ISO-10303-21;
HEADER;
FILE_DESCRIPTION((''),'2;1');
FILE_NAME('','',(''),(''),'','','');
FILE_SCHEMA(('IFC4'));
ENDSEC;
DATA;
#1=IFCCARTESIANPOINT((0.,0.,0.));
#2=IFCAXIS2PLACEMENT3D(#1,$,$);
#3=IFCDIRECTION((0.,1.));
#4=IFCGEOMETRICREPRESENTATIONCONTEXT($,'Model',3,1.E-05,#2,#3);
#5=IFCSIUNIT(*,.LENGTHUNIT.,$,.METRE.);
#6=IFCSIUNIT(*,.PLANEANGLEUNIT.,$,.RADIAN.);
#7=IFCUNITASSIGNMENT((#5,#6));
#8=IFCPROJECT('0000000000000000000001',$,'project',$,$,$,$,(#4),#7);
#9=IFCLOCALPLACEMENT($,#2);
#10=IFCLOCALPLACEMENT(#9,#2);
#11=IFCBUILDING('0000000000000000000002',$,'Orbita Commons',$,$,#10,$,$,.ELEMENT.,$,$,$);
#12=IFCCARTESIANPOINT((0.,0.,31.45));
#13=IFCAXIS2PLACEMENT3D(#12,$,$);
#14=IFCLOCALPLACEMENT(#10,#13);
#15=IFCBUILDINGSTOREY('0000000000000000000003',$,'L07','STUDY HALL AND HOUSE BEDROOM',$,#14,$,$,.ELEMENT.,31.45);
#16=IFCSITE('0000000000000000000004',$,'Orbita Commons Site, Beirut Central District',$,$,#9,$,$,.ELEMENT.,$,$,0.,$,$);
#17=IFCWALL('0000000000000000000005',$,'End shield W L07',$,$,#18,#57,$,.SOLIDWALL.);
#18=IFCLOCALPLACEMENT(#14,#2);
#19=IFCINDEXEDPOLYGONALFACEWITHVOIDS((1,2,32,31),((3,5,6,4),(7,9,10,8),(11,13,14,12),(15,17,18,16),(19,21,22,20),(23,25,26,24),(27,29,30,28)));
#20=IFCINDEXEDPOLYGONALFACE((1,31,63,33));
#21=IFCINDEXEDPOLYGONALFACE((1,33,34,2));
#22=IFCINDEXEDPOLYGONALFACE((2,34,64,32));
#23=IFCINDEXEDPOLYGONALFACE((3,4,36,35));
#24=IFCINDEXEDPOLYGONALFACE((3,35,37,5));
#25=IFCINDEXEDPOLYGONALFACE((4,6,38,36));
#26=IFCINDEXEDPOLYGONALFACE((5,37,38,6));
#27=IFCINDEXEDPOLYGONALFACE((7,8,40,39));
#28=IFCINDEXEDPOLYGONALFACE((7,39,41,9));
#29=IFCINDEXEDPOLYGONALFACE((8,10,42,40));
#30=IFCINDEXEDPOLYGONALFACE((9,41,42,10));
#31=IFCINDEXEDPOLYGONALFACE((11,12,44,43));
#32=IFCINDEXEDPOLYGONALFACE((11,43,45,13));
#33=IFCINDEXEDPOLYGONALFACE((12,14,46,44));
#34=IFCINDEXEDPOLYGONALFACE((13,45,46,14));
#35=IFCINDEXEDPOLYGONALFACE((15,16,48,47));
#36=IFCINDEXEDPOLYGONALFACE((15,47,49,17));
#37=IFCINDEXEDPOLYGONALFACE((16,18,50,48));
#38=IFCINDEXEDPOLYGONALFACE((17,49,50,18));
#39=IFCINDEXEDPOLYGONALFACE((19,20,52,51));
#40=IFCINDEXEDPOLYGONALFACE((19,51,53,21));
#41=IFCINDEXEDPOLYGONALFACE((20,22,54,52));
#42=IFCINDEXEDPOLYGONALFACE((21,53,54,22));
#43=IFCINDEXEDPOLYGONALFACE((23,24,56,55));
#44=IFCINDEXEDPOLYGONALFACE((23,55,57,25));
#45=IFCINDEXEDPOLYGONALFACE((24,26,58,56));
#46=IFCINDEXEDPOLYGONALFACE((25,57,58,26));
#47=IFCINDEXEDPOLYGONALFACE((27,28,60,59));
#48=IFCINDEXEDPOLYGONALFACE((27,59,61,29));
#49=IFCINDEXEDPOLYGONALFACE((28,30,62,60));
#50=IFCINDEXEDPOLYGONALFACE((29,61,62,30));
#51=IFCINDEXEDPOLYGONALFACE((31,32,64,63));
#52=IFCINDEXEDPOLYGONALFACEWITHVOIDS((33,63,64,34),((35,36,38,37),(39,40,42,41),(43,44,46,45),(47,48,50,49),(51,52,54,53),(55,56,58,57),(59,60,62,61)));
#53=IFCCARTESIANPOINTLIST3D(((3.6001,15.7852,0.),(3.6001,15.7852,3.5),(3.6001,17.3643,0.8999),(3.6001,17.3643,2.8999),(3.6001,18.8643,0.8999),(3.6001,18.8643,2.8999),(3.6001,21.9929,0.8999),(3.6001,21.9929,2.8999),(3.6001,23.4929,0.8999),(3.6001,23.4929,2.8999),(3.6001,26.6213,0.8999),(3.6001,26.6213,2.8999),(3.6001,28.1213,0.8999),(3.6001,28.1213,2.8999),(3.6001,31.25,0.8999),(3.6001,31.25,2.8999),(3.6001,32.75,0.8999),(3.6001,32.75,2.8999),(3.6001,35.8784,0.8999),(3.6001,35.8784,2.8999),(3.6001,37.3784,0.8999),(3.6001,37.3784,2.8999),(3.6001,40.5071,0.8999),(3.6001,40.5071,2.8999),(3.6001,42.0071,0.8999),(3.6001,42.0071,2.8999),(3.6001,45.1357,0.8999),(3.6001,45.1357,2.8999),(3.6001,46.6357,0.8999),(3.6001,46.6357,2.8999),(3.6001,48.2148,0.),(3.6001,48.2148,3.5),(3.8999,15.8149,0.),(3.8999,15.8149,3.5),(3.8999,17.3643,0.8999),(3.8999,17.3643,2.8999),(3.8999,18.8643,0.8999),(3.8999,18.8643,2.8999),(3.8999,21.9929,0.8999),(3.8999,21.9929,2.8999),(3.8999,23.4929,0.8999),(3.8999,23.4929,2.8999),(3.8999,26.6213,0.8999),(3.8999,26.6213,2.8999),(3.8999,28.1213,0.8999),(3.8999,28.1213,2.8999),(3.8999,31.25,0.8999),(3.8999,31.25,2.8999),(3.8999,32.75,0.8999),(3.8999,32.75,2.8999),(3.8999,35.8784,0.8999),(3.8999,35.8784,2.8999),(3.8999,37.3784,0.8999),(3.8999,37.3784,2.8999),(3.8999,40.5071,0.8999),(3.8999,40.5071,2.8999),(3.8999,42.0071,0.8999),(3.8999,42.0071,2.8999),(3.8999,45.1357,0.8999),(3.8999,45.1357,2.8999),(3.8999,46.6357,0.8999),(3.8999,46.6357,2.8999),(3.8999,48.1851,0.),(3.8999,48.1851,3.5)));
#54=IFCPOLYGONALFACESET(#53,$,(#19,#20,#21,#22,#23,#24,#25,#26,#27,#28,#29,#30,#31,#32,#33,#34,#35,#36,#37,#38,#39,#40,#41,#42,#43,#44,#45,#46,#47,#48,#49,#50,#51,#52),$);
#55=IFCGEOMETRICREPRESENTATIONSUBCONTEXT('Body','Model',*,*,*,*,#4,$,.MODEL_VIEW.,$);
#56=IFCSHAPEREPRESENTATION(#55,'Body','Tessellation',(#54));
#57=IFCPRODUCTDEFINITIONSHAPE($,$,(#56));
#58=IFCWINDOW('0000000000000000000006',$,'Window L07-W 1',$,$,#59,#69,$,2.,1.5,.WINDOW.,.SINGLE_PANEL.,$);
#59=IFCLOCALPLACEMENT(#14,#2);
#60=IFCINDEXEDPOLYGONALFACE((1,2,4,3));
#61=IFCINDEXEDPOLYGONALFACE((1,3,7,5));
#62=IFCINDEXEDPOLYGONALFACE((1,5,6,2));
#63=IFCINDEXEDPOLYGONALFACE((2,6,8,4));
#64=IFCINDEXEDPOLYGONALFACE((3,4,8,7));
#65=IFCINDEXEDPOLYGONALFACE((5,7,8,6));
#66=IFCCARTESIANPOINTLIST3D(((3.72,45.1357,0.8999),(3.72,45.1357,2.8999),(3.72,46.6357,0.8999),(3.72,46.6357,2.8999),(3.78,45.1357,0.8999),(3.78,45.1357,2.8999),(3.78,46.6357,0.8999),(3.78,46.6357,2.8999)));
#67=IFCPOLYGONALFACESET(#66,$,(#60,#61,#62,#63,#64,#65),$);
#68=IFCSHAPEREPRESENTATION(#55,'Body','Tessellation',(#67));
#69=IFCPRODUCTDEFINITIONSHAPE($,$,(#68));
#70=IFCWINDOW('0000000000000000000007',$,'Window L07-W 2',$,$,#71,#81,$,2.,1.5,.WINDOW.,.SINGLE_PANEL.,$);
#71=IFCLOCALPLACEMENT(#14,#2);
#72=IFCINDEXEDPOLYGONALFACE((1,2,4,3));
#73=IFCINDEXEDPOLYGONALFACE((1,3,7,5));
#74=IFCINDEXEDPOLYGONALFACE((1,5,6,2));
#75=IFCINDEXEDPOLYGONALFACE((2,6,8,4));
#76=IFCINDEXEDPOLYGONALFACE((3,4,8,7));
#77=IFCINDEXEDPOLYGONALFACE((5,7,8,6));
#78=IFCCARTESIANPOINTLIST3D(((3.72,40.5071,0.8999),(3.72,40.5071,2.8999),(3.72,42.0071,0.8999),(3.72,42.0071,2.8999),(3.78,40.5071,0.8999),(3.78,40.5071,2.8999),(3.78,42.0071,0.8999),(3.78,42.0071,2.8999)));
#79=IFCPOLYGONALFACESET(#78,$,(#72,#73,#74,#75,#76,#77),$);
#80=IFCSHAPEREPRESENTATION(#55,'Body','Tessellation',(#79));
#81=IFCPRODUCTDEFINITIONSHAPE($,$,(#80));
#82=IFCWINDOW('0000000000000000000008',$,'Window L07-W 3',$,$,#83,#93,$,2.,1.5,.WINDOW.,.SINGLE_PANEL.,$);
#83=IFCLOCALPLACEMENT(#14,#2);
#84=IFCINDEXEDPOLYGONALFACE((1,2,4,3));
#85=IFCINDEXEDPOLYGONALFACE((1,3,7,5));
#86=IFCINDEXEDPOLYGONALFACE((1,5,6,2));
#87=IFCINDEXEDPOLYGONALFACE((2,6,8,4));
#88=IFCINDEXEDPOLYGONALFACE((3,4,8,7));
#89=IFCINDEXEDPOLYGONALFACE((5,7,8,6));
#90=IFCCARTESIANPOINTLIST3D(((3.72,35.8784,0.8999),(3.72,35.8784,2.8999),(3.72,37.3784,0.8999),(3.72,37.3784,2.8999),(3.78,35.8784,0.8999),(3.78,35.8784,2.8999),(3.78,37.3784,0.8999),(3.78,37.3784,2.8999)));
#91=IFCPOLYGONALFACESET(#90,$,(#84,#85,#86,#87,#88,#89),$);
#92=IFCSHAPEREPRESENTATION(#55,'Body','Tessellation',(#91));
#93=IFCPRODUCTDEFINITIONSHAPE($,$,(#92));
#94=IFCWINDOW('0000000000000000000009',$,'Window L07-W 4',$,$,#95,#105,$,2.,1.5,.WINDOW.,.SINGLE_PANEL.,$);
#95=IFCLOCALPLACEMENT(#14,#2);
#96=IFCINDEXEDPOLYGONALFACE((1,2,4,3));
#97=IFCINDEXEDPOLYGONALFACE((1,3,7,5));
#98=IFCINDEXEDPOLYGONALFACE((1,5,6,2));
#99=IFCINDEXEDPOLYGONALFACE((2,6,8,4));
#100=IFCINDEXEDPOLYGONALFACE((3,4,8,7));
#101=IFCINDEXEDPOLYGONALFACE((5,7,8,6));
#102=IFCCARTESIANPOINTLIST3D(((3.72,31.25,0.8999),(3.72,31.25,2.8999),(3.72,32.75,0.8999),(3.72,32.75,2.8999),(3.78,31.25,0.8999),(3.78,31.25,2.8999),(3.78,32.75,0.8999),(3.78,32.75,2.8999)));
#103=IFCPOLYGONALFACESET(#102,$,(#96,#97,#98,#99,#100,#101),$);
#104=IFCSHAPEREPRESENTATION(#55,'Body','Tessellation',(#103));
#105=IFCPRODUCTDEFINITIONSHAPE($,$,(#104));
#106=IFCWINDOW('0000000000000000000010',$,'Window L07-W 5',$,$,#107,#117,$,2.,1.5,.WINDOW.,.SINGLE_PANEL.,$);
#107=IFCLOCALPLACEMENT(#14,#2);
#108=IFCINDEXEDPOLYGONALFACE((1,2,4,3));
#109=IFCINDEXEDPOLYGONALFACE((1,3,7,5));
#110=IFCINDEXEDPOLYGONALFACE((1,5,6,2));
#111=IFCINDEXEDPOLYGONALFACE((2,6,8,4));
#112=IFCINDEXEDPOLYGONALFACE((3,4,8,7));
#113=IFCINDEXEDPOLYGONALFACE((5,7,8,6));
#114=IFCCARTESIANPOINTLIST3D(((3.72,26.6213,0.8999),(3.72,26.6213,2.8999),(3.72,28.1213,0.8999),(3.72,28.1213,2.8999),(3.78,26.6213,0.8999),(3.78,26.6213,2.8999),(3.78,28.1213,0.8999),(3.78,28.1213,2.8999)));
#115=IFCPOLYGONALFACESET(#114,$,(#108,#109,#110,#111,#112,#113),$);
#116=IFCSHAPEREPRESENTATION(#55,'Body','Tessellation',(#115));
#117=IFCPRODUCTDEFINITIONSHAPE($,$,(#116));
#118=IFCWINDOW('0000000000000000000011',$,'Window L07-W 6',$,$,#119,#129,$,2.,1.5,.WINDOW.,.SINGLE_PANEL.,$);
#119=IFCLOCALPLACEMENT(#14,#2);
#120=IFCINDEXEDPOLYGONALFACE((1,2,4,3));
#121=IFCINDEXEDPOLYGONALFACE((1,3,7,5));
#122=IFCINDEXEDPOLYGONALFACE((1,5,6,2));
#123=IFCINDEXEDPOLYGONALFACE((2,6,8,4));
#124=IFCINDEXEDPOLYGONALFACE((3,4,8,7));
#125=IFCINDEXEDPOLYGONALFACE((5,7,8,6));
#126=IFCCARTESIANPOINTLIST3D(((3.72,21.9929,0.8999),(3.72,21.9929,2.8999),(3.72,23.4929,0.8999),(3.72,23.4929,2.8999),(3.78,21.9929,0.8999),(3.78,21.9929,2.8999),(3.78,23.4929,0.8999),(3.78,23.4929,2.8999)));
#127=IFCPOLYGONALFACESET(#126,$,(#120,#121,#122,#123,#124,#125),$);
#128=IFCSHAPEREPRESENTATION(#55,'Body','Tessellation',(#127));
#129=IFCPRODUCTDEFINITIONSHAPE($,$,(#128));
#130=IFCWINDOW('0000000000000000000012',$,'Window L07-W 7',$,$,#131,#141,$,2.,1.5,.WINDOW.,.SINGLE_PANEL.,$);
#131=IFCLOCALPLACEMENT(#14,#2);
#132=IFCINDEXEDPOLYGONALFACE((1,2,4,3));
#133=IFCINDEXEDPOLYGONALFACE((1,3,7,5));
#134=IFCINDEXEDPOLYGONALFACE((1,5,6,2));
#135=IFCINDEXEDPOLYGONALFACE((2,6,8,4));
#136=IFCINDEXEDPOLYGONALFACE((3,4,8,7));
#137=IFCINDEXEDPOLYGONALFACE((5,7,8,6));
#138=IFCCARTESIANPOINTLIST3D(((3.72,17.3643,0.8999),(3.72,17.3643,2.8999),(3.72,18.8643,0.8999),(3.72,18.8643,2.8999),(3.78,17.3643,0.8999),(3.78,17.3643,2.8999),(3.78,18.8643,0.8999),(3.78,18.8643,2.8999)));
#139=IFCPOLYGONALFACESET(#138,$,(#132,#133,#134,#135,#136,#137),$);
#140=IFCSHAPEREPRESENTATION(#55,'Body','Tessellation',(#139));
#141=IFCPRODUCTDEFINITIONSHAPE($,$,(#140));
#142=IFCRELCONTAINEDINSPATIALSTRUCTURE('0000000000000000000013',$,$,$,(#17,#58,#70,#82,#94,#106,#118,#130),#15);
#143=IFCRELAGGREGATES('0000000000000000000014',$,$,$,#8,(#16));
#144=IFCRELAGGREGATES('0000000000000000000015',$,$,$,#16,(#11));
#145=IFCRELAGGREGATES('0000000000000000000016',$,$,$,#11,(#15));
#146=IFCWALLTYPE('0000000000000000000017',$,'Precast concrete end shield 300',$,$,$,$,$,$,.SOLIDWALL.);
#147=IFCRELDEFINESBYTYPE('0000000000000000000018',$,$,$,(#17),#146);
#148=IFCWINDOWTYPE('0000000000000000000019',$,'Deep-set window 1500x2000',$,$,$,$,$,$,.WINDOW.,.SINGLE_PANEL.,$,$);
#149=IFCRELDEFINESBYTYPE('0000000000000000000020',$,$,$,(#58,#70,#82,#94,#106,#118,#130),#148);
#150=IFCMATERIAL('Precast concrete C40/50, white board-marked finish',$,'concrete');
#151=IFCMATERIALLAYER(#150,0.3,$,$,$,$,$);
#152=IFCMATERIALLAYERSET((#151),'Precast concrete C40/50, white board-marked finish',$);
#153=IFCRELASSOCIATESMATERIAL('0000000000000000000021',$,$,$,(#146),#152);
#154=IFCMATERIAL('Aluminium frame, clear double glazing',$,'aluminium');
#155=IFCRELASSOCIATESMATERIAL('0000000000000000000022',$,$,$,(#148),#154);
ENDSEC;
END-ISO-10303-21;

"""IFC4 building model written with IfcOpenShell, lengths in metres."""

from ifc_helpers import new_model, si_unit, direction, frame, frame_2d, origin, place, context, subcontext, project, spatial, polyline, rectangle, outline, extrude, material, layer, layer_set, type_object, element, fill, save


model = new_model("IFC4")

# Units and contexts
model_context = context("Model", 3, precision=1e-05, world=origin(), true_north=direction((0.0, 1.0)))
body_context = subcontext(model_context, "Body", "Model", "MODEL_VIEW")
ifc_project = project(units=[si_unit("LENGTHUNIT", "METRE"), si_unit("PLANEANGLEUNIT", "RADIAN")], contexts=[model_context])

# Site, building, storey
site_placement = place(None, origin())
site = spatial("IfcSite", under=ifc_project, at=site_placement, Name="Orbita Commons Site, Beirut Central District", CompositionType="ELEMENT", RefElevation=0.0)
building_placement = place(site_placement, origin())
building = spatial("IfcBuilding", under=site, at=building_placement, Name="Orbita Commons", CompositionType="ELEMENT")
storey_placement = place(building_placement, frame((0.0, 0.0, 31.45)))
storey = spatial("IfcBuildingStorey", under=building, at=storey_placement, Name="L07", Description="STUDY HALL AND HOUSE BEDROOM", CompositionType="ELEMENT", Elevation=31.45)

# Wall, openings, windows
ifc_material_1 = material(Name="Precast concrete C40/50, white board-marked finish", Category="concrete")
ifc_layer_1 = layer(ifc_material_1, 0.3)
ifc_layer_set_1 = layer_set([ifc_layer_1], Name="Precast concrete C40/50, white board-marked finish")
wall_type_1 = type_object("IfcWallType", Name="Precast concrete end shield 300", PredefinedType="SOLIDWALL", material=ifc_layer_set_1)
wall_1_placement = place(storey_placement, frame((3.75, 48.2, 0.0), z_axis=(0.0, 0.0, 1.0), x_axis=(0.0, -1.0, 0.0)))
wall_1 = element("IfcWall", 1, at=wall_1_placement, inside=storey, type_object=wall_type_1, Name="End shield W L07", PredefinedType="SOLIDWALL", context=body_context, shape_type="SweptSolid", body=[
    extrude(outline(polyline([(-0.0149, -0.1499), (32.4148, -0.1499), (32.385, 0.1499), (0.0149, 0.1499), (-0.0149, -0.1499)])), origin(), (0.0, 0.0, 1.0), 3.5),
])
opening_1_placement = place(wall_1_placement, frame((1.5642, 0.0, 0.8999)))
opening_1 = element("IfcOpeningElement", 2, at=opening_1_placement, cuts=wall_1, PredefinedType="OPENING", context=body_context, shape_type="SweptSolid", body=[
    extrude(rectangle(XDim=1.5, YDim=2.0, at=frame_2d((0.75, 1.0))), frame((0.0, 0.1599, 0.0), z_axis=(0.0, -1.0, 0.0), x_axis=(1.0, 0.0, 0.0)), (0.0, 0.0, 1.0), 0.3201),
])
opening_2_placement = place(wall_1_placement, frame((6.1929, 0.0, 0.8999)))
opening_2 = element("IfcOpeningElement", 3, at=opening_2_placement, cuts=wall_1, PredefinedType="OPENING", context=body_context, shape_type="SweptSolid", body=[
    extrude(rectangle(XDim=1.5, YDim=2.0, at=frame_2d((0.75, 1.0))), frame((0.0, 0.1599, 0.0), z_axis=(0.0, -1.0, 0.0), x_axis=(1.0, 0.0, 0.0)), (0.0, 0.0, 1.0), 0.3201),
])
opening_3_placement = place(wall_1_placement, frame((10.8215, 0.0, 0.8999)))
opening_3 = element("IfcOpeningElement", 4, at=opening_3_placement, cuts=wall_1, PredefinedType="OPENING", context=body_context, shape_type="SweptSolid", body=[
    extrude(rectangle(XDim=1.5, YDim=2.0, at=frame_2d((0.75, 1.0))), frame((0.0, 0.1599, 0.0), z_axis=(0.0, -1.0, 0.0), x_axis=(1.0, 0.0, 0.0)), (0.0, 0.0, 1.0), 0.3201),
])
opening_4_placement = place(wall_1_placement, frame((15.45, 0.0, 0.8999)))
opening_4 = element("IfcOpeningElement", 5, at=opening_4_placement, cuts=wall_1, PredefinedType="OPENING", context=body_context, shape_type="SweptSolid", body=[
    extrude(rectangle(XDim=1.5, YDim=2.0, at=frame_2d((0.75, 1.0))), frame((0.0, 0.1599, 0.0), z_axis=(0.0, -1.0, 0.0), x_axis=(1.0, 0.0, 0.0)), (0.0, 0.0, 1.0), 0.3201),
])
opening_5_placement = place(wall_1_placement, frame((20.0786, 0.0, 0.8999)))
opening_5 = element("IfcOpeningElement", 6, at=opening_5_placement, cuts=wall_1, PredefinedType="OPENING", context=body_context, shape_type="SweptSolid", body=[
    extrude(rectangle(XDim=1.5, YDim=2.0, at=frame_2d((0.75, 1.0))), frame((0.0, 0.1599, 0.0), z_axis=(0.0, -1.0, 0.0), x_axis=(1.0, 0.0, 0.0)), (0.0, 0.0, 1.0), 0.3201),
])
opening_6_placement = place(wall_1_placement, frame((24.707, 0.0, 0.8999)))
opening_6 = element("IfcOpeningElement", 7, at=opening_6_placement, cuts=wall_1, PredefinedType="OPENING", context=body_context, shape_type="SweptSolid", body=[
    extrude(rectangle(XDim=1.5, YDim=2.0, at=frame_2d((0.75, 1.0))), frame((0.0, 0.1599, 0.0), z_axis=(0.0, -1.0, 0.0), x_axis=(1.0, 0.0, 0.0)), (0.0, 0.0, 1.0), 0.3201),
])
opening_7_placement = place(wall_1_placement, frame((29.3357, 0.0, 0.8999)))
opening_7 = element("IfcOpeningElement", 8, at=opening_7_placement, cuts=wall_1, PredefinedType="OPENING", context=body_context, shape_type="SweptSolid", body=[
    extrude(rectangle(XDim=1.5, YDim=2.0, at=frame_2d((0.75, 1.0))), frame((0.0, 0.1599, 0.0), z_axis=(0.0, -1.0, 0.0), x_axis=(1.0, 0.0, 0.0)), (0.0, 0.0, 1.0), 0.3201),
])
ifc_material_2 = material(Name="Aluminium frame, clear double glazing", Category="aluminium")
window_type = type_object("IfcWindowType", Name="Deep-set window 1500x2000", PartitioningType="SINGLE_PANEL", PredefinedType="WINDOW", material=ifc_material_2)
window_1_placement = place(opening_1_placement, origin())
window_1 = element("IfcWindow", 9, at=window_1_placement, inside=storey, type_object=window_type, Name="Window L07-W 1", OverallHeight=2.0, OverallWidth=1.5, PartitioningType="SINGLE_PANEL", PredefinedType="WINDOW", context=body_context, shape_type="SweptSolid", body=[
    extrude(rectangle(XDim=1.5, YDim=2.0, at=frame_2d((0.75, 1.0))), frame((0.0, 0.03, 0.0), z_axis=(0.0, -1.0, 0.0), x_axis=(1.0, 0.0, 0.0)), (0.0, 0.0, 1.0), 0.0601),
])
fill(opening_1, window_1)
window_2_placement = place(opening_2_placement, origin())
window_2 = element("IfcWindow", 10, at=window_2_placement, inside=storey, type_object=window_type, Name="Window L07-W 2", OverallHeight=2.0, OverallWidth=1.5, PartitioningType="SINGLE_PANEL", PredefinedType="WINDOW", context=body_context, shape_type="SweptSolid", body=[
    extrude(rectangle(XDim=1.5, YDim=2.0, at=frame_2d((0.75, 1.0))), frame((0.0, 0.03, 0.0), z_axis=(0.0, -1.0, 0.0), x_axis=(1.0, 0.0, 0.0)), (0.0, 0.0, 1.0), 0.0601),
])
fill(opening_2, window_2)
window_3_placement = place(opening_3_placement, origin())
window_3 = element("IfcWindow", 11, at=window_3_placement, inside=storey, type_object=window_type, Name="Window L07-W 3", OverallHeight=2.0, OverallWidth=1.5, PartitioningType="SINGLE_PANEL", PredefinedType="WINDOW", context=body_context, shape_type="SweptSolid", body=[
    extrude(rectangle(XDim=1.5, YDim=2.0, at=frame_2d((0.75, 1.0))), frame((0.0, 0.03, 0.0), z_axis=(0.0, -1.0, 0.0), x_axis=(1.0, 0.0, 0.0)), (0.0, 0.0, 1.0), 0.0601),
])
fill(opening_3, window_3)
window_4_placement = place(opening_4_placement, origin())
window_4 = element("IfcWindow", 12, at=window_4_placement, inside=storey, type_object=window_type, Name="Window L07-W 4", OverallHeight=2.0, OverallWidth=1.5, PartitioningType="SINGLE_PANEL", PredefinedType="WINDOW", context=body_context, shape_type="SweptSolid", body=[
    extrude(rectangle(XDim=1.5, YDim=2.0, at=frame_2d((0.75, 1.0))), frame((0.0, 0.03, 0.0), z_axis=(0.0, -1.0, 0.0), x_axis=(1.0, 0.0, 0.0)), (0.0, 0.0, 1.0), 0.0601),
])
fill(opening_4, window_4)
window_5_placement = place(opening_5_placement, origin())
window_5 = element("IfcWindow", 13, at=window_5_placement, inside=storey, type_object=window_type, Name="Window L07-W 5", OverallHeight=2.0, OverallWidth=1.5, PartitioningType="SINGLE_PANEL", PredefinedType="WINDOW", context=body_context, shape_type="SweptSolid", body=[
    extrude(rectangle(XDim=1.5, YDim=2.0, at=frame_2d((0.75, 1.0))), frame((0.0, 0.03, 0.0), z_axis=(0.0, -1.0, 0.0), x_axis=(1.0, 0.0, 0.0)), (0.0, 0.0, 1.0), 0.0601),
])
fill(opening_5, window_5)
window_6_placement = place(opening_6_placement, origin())
window_6 = element("IfcWindow", 14, at=window_6_placement, inside=storey, type_object=window_type, Name="Window L07-W 6", OverallHeight=2.0, OverallWidth=1.5, PartitioningType="SINGLE_PANEL", PredefinedType="WINDOW", context=body_context, shape_type="SweptSolid", body=[
    extrude(rectangle(XDim=1.5, YDim=2.0, at=frame_2d((0.75, 1.0))), frame((0.0, 0.03, 0.0), z_axis=(0.0, -1.0, 0.0), x_axis=(1.0, 0.0, 0.0)), (0.0, 0.0, 1.0), 0.0601),
])
fill(opening_6, window_6)
window_7_placement = place(opening_7_placement, origin())
window_7 = element("IfcWindow", 15, at=window_7_placement, inside=storey, type_object=window_type, Name="Window L07-W 7", OverallHeight=2.0, OverallWidth=1.5, PartitioningType="SINGLE_PANEL", PredefinedType="WINDOW", context=body_context, shape_type="SweptSolid", body=[
    extrude(rectangle(XDim=1.5, YDim=2.0, at=frame_2d((0.75, 1.0))), frame((0.0, 0.03, 0.0), z_axis=(0.0, -1.0, 0.0), x_axis=(1.0, 0.0, 0.0)), (0.0, 0.0, 1.0), 0.0601),
])
fill(opening_7, window_7)

save(model, "model.ifc")
